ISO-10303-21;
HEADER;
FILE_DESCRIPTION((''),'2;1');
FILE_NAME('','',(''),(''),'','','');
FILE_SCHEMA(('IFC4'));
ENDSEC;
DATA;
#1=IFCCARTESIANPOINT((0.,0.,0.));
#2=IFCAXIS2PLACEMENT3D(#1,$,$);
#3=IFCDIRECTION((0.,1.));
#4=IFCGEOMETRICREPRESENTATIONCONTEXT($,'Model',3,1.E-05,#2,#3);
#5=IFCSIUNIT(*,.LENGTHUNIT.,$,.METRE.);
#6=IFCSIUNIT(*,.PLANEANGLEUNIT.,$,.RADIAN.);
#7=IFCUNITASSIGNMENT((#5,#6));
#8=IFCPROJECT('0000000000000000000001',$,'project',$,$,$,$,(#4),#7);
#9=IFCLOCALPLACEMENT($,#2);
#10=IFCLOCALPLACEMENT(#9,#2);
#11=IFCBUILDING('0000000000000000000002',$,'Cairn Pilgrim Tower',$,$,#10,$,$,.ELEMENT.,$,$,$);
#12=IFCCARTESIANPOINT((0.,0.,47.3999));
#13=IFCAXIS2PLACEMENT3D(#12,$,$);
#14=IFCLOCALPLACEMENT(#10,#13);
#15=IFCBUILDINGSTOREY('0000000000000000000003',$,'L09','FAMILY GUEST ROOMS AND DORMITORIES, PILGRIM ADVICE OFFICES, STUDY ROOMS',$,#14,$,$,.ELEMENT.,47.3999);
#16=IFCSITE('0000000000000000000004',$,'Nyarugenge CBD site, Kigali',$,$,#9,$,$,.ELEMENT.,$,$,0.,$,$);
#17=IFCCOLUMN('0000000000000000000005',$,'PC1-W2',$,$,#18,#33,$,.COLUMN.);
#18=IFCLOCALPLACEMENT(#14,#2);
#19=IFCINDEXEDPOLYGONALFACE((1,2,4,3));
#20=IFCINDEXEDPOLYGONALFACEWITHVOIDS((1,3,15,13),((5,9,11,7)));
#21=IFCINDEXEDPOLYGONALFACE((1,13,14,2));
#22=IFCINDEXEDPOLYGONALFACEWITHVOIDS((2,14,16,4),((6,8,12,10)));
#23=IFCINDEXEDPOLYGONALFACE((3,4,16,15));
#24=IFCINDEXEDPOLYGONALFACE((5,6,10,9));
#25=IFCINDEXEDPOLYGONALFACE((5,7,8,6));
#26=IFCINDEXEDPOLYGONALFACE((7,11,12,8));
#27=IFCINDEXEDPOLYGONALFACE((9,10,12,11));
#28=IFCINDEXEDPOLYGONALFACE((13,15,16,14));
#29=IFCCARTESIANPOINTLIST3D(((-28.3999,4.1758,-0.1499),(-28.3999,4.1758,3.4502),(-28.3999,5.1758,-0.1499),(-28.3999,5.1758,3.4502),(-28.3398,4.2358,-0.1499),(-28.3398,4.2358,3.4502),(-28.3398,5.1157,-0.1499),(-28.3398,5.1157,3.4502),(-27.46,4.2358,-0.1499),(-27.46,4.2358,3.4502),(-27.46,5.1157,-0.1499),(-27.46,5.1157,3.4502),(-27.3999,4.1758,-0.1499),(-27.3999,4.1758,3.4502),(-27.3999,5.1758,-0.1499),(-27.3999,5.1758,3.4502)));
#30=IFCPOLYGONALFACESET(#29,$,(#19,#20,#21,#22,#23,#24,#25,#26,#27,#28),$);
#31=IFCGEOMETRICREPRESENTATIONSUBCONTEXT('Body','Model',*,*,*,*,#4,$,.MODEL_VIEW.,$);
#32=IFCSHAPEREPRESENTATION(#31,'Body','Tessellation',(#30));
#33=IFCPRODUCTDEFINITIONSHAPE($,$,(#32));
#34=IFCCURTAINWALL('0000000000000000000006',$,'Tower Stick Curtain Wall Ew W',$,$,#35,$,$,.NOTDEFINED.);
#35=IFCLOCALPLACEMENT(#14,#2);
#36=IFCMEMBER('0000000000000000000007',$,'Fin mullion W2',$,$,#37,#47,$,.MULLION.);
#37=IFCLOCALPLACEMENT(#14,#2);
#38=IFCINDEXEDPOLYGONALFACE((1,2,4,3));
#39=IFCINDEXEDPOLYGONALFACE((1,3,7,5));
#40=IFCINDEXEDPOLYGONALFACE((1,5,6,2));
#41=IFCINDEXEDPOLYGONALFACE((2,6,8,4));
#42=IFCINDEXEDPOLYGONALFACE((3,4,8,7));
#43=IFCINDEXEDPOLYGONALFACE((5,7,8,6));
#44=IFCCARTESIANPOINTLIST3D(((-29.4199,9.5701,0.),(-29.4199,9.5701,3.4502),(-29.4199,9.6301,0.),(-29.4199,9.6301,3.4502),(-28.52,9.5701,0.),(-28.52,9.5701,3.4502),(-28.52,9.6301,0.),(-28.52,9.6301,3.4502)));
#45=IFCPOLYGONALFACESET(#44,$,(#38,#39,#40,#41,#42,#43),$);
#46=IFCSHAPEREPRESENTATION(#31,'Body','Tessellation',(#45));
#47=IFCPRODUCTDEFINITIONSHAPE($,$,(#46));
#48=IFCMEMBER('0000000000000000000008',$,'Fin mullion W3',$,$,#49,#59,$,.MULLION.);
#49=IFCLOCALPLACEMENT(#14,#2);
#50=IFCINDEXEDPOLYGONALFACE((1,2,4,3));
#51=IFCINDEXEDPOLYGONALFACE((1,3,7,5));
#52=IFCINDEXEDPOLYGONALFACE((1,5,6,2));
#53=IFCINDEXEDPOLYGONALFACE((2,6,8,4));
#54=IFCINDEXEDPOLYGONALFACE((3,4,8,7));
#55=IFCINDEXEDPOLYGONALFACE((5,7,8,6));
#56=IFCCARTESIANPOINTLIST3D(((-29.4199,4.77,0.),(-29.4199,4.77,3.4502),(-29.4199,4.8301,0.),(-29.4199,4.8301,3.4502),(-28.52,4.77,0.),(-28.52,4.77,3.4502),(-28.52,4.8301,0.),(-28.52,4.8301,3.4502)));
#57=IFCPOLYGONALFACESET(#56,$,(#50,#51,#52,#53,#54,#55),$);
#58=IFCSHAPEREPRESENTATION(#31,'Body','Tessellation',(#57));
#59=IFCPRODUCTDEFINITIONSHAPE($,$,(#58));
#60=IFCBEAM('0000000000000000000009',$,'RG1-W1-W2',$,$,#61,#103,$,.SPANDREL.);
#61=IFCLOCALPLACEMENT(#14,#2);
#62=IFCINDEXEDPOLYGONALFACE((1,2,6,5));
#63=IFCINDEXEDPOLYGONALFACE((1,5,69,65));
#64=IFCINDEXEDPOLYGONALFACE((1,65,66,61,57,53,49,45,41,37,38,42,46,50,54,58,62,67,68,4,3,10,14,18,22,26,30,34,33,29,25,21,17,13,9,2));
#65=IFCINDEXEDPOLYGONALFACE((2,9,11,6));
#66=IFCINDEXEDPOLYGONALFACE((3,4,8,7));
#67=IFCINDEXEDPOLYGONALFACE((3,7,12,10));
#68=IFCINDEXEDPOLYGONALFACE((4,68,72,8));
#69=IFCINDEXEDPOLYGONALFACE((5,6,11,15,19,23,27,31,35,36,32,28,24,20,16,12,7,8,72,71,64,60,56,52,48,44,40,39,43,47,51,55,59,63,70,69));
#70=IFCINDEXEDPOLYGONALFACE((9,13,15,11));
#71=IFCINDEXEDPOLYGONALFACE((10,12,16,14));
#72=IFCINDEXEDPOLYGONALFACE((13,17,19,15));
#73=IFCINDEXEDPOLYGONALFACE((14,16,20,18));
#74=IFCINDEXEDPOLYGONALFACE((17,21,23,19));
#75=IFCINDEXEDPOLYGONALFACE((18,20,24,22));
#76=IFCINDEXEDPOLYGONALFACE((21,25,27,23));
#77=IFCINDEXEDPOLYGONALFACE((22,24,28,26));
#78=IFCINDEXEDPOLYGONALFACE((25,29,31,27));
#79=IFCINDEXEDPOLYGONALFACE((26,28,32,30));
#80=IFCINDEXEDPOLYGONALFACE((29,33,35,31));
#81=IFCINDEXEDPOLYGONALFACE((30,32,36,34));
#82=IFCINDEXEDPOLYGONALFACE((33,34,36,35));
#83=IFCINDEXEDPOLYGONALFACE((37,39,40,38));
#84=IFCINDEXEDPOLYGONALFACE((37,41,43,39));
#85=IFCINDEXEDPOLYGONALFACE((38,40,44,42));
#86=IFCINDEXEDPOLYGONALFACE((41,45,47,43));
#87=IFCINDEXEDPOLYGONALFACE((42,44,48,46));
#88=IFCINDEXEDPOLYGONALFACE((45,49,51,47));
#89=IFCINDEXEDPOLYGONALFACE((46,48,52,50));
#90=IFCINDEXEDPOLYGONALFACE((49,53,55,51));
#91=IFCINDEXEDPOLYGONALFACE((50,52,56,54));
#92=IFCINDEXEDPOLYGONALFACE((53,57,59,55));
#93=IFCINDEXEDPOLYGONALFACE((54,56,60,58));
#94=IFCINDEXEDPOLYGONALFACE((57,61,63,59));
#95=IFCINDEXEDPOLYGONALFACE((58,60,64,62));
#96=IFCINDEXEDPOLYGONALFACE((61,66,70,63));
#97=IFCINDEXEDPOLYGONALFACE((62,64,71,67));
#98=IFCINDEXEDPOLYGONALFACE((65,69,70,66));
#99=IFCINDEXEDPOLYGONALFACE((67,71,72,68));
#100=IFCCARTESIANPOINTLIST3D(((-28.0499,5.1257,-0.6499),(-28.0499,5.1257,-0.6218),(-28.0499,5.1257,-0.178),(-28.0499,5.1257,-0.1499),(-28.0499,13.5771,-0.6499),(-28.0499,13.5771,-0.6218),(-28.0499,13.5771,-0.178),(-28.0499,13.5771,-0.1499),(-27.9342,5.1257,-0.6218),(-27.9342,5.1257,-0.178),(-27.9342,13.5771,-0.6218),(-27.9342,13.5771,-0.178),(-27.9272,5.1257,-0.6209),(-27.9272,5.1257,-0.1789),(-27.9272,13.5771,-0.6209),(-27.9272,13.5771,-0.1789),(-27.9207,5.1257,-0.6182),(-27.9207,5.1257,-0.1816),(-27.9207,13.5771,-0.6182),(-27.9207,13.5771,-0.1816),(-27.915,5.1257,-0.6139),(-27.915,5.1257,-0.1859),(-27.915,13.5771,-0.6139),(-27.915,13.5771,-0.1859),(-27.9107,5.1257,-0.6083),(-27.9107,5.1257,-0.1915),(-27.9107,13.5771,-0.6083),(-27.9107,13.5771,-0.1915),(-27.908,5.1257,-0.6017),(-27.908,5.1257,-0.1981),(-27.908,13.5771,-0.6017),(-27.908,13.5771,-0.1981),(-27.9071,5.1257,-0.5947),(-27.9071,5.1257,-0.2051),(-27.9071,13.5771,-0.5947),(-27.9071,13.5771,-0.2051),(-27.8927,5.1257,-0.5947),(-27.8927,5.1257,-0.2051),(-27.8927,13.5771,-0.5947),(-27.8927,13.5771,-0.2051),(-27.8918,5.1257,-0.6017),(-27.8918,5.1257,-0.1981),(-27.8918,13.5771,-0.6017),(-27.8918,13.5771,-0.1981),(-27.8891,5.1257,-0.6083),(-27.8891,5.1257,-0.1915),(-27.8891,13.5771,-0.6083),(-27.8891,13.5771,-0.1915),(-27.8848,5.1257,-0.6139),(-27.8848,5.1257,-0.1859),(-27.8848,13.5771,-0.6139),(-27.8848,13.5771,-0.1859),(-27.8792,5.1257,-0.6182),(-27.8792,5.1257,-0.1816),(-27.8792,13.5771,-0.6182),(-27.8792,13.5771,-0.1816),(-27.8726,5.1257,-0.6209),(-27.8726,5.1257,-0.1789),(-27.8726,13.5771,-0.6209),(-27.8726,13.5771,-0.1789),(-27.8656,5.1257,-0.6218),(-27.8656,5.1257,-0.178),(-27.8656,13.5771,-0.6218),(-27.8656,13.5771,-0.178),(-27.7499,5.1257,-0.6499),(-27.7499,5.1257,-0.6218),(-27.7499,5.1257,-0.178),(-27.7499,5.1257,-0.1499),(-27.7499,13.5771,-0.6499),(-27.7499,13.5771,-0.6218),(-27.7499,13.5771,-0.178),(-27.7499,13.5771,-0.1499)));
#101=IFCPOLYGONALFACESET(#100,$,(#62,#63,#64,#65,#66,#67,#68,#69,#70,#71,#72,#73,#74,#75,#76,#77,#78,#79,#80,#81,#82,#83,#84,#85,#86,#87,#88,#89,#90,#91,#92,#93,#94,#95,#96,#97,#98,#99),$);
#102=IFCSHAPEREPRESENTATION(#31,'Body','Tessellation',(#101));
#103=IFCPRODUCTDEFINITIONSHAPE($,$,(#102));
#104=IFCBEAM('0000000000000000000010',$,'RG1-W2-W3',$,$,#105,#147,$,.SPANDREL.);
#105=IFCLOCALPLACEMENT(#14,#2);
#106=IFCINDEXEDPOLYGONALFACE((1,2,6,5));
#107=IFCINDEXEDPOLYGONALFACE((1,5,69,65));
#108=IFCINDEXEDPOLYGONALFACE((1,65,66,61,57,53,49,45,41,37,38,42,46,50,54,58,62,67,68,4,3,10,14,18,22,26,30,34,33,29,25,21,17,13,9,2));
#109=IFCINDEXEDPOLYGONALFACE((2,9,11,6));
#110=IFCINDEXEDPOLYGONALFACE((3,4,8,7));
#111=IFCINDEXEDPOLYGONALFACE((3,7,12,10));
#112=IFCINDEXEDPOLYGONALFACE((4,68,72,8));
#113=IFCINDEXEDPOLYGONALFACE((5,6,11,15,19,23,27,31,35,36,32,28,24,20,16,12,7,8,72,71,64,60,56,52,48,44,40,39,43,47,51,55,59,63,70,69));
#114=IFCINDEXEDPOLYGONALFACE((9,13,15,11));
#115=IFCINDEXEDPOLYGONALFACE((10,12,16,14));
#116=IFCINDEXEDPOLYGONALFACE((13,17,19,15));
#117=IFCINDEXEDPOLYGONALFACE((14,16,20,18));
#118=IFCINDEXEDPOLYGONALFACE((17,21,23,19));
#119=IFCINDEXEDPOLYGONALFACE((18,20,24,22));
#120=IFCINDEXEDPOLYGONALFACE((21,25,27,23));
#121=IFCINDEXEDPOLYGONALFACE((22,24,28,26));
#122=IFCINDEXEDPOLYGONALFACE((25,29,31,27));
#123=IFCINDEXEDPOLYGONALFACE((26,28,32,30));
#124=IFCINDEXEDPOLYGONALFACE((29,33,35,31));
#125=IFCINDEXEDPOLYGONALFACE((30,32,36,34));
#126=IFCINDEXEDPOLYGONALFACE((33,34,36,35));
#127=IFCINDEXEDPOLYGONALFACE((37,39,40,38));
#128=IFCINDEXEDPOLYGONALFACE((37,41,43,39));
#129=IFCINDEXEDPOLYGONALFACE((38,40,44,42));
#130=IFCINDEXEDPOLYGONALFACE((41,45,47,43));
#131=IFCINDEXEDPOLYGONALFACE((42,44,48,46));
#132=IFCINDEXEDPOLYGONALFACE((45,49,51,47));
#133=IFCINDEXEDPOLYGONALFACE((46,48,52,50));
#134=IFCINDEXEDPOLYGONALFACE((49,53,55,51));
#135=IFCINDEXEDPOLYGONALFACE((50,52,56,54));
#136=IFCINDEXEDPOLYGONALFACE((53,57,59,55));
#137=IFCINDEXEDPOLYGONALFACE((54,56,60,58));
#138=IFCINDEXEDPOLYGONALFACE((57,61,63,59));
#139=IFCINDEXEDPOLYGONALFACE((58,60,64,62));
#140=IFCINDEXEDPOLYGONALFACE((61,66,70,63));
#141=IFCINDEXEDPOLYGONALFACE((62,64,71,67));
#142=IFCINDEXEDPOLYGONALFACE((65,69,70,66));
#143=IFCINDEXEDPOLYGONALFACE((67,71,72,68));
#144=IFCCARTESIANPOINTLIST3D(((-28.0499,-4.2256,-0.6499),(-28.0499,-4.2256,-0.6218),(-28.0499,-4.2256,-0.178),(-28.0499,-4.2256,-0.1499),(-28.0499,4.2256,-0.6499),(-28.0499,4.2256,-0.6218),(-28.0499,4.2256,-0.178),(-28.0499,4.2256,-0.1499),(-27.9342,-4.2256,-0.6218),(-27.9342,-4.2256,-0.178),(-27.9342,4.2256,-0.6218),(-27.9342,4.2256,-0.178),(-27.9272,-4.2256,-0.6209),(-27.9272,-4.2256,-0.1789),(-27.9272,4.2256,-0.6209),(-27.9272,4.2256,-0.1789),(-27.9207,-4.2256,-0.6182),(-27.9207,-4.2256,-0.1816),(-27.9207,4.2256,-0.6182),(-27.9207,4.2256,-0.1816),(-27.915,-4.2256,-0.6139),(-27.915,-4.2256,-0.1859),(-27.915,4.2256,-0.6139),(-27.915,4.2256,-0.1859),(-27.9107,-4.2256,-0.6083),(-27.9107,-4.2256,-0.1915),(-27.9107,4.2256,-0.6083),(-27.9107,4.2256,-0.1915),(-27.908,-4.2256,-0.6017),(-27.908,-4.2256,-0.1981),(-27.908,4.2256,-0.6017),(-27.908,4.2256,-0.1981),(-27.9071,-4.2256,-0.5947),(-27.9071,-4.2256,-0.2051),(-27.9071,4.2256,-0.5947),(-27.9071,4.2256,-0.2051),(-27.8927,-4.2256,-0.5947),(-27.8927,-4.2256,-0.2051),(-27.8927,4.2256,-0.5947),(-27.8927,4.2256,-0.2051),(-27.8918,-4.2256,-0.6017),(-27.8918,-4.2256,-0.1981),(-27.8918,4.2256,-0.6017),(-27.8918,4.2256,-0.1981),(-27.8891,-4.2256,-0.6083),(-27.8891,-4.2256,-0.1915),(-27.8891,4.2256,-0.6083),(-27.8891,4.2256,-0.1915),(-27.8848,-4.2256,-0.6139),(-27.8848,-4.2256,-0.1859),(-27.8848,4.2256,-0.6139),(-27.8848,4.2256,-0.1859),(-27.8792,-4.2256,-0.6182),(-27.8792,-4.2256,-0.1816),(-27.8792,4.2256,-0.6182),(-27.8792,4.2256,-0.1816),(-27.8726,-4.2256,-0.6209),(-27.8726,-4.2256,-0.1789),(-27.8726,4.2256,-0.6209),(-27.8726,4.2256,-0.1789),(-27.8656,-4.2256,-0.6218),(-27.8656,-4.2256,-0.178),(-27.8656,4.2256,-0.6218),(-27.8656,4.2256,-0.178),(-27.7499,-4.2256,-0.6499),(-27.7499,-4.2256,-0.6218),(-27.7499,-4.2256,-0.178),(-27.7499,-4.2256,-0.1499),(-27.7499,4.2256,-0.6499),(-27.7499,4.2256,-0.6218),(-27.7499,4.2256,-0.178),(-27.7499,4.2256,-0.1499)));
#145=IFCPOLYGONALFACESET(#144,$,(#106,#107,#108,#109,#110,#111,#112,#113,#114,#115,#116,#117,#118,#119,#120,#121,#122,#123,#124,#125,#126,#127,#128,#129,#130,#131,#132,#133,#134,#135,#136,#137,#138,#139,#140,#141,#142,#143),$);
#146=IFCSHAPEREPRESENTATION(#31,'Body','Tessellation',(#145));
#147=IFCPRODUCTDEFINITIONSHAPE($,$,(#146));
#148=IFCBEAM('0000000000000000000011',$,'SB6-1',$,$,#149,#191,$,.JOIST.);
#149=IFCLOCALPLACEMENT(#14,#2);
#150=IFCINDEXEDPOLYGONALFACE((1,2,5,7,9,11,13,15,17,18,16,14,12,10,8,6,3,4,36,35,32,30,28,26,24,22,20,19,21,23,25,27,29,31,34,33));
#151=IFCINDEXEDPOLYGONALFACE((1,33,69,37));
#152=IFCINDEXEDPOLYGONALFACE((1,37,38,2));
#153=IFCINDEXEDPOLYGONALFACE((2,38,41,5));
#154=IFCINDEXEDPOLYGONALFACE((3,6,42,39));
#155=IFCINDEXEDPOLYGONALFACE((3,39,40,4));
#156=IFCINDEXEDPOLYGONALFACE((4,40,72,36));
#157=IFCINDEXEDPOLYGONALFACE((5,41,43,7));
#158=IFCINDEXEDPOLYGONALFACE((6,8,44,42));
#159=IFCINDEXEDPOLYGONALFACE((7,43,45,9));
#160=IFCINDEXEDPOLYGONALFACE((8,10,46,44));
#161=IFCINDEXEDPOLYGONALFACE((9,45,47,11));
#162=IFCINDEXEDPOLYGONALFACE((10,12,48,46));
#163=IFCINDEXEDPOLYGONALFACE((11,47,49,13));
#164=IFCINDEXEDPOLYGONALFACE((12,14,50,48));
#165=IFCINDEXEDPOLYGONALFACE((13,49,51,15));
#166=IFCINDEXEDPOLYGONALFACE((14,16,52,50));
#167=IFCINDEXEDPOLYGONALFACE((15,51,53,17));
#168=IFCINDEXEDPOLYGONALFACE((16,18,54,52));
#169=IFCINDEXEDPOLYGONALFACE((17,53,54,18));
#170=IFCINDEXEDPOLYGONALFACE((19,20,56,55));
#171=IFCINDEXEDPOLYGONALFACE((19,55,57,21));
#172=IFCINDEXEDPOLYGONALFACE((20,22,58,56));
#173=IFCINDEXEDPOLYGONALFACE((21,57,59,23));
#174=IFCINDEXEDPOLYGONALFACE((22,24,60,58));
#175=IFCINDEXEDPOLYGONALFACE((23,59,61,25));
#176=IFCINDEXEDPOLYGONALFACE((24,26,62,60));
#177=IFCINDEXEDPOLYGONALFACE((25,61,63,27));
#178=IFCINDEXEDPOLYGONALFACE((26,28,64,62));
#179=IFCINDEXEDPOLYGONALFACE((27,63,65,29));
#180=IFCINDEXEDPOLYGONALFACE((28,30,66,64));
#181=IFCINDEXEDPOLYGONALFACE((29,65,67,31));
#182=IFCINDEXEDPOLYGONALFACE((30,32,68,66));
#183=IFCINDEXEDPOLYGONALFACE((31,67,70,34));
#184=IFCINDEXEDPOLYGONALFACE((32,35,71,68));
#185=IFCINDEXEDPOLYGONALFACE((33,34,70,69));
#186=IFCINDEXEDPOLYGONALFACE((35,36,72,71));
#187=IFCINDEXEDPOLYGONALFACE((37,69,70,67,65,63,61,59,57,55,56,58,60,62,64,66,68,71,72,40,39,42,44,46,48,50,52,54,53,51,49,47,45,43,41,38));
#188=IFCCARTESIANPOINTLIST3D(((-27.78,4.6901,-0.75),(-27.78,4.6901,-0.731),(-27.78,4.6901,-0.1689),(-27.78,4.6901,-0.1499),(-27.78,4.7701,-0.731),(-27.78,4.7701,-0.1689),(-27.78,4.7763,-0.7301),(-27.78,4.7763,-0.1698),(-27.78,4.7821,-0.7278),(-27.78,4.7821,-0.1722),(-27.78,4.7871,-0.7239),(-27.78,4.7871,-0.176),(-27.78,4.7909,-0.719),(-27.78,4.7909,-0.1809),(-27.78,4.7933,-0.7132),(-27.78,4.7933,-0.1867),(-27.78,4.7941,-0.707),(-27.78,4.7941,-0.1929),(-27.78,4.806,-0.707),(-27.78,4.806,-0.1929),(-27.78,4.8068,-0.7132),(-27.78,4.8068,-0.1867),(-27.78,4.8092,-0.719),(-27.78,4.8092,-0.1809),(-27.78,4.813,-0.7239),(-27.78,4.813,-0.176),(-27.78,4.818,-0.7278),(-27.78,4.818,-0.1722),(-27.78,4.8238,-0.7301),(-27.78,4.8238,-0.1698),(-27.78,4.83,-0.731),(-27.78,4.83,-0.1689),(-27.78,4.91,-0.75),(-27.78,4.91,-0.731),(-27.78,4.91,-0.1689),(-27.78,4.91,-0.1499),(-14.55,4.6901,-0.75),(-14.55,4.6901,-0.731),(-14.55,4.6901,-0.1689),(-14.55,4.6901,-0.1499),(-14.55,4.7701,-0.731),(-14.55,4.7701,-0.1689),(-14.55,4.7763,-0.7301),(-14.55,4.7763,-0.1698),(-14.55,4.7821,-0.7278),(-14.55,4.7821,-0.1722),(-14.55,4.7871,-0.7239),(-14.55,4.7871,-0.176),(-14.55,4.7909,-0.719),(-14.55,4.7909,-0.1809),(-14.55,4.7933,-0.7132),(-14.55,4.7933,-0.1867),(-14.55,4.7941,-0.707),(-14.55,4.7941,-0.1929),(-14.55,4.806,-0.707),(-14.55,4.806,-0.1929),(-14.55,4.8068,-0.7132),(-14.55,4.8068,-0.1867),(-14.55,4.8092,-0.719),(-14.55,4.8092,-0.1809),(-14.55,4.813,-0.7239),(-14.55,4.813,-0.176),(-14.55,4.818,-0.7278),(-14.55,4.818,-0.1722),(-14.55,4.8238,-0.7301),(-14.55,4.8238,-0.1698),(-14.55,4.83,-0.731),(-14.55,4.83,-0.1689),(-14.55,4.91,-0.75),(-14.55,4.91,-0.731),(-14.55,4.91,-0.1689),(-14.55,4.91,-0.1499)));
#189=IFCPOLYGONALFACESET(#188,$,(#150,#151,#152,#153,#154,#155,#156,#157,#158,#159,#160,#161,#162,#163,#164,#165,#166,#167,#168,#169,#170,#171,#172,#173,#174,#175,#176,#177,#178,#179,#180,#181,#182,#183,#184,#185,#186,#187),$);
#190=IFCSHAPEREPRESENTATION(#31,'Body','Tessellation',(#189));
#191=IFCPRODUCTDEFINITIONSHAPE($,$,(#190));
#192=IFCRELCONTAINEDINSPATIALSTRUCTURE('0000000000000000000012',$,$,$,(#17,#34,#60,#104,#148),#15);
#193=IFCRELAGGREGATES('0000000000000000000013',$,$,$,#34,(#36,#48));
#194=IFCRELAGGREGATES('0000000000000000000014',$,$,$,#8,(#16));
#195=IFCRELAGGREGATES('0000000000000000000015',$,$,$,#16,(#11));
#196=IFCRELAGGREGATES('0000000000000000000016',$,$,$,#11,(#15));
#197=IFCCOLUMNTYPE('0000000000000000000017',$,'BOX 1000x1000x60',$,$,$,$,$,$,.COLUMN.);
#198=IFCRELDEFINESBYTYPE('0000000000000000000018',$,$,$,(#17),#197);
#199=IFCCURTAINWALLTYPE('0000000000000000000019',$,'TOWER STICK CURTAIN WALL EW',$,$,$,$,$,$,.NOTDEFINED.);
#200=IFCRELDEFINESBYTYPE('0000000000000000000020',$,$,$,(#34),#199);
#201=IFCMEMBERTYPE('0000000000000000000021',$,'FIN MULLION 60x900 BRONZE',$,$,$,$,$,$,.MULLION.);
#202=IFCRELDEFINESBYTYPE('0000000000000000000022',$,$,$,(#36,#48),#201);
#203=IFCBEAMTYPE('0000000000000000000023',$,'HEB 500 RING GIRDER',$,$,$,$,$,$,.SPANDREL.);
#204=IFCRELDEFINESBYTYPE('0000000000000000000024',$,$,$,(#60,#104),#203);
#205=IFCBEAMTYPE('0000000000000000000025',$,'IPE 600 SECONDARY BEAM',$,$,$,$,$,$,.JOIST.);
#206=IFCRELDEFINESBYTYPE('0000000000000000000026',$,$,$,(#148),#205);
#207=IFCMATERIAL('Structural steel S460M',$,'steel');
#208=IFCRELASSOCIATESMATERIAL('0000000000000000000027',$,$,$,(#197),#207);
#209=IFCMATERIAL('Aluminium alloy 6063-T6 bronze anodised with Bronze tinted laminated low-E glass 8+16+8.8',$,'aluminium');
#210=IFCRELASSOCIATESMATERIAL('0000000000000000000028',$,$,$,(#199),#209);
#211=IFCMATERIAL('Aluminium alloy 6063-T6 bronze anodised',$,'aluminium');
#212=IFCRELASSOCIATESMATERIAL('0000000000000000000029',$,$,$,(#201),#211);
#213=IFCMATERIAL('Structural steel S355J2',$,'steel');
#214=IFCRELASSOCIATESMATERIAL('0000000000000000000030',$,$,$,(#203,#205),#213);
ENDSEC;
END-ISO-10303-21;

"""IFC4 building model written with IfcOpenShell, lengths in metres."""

from ifc_helpers import new_model, si_unit, direction, frame, origin, origin_2d, place, context, subcontext, project, spatial, rectangle, hollow_rectangle, i_section, extrude, material, material_profile, profile_set, type_object, element, aggregate, save


model = new_model("IFC4")

# Units and contexts
model_context = context("Model", 3, precision=1e-05, world=origin(), true_north=direction((0.0, 1.0)))
body_context = subcontext(model_context, "Body", "Model", "MODEL_VIEW")
ifc_project = project(units=[si_unit("LENGTHUNIT", "METRE"), si_unit("PLANEANGLEUNIT", "RADIAN")], contexts=[model_context])

# Site, building, storey
site_placement = place(None, origin())
site = spatial("IfcSite", under=ifc_project, at=site_placement, Name="Nyarugenge CBD site, Kigali", CompositionType="ELEMENT", RefElevation=0.0)
building_placement = place(site_placement, origin())
building = spatial("IfcBuilding", under=site, at=building_placement, Name="Cairn Pilgrim Tower", CompositionType="ELEMENT")
storey_placement = place(building_placement, frame((0.0, 0.0, 47.3999)))
storey = spatial("IfcBuildingStorey", under=building, at=storey_placement, Name="L09", Description="FAMILY GUEST ROOMS AND DORMITORIES, PILGRIM ADVICE OFFICES, STUDY ROOMS", CompositionType="ELEMENT", Elevation=47.3999)

# Column
ifc_material_1 = material(Name="Structural steel S460M", Category="steel")
ifc_material_profile_1 = material_profile(ifc_material_1, hollow_rectangle(XDim=1.0, YDim=1.0, WallThickness=0.0601, at=origin_2d()), Name="BOX 1000x1000x60")
ifc_profile_set_1 = profile_set([ifc_material_profile_1], Name="Structural steel S460M")
column_type = type_object("IfcColumnType", Name="BOX 1000x1000x60", PredefinedType="COLUMN", material=ifc_profile_set_1)
column_placement = place(storey_placement, frame((-27.8999, 4.6758, -0.1499), z_axis=(0.0, 0.0, 1.0), x_axis=(1.0, 0.0, 0.0)))
element("IfcColumn", 1, at=column_placement, inside=storey, type_object=column_type, Name="PC1-W2", PredefinedType="COLUMN", context=body_context, shape_type="SweptSolid", body=[
    extrude(hollow_rectangle(XDim=1.0, YDim=1.0, WallThickness=0.0601, at=origin_2d()), origin(), (0.0, 0.0, 1.0), 3.6001),
])

# Curtain wall, members
ifc_material_2 = material(Name="Aluminium alloy 6063-T6 bronze anodised with Bronze tinted laminated low-E glass 8+16+8.8", Category="aluminium")
curtain_wall_type = type_object("IfcCurtainWallType", Name="TOWER STICK CURTAIN WALL EW", PredefinedType="NOTDEFINED", material=ifc_material_2)
curtain_wall_placement = place(storey_placement, origin())
curtain_wall = element("IfcCurtainWall", 2, at=curtain_wall_placement, inside=storey, type_object=curtain_wall_type, Name="Tower Stick Curtain Wall Ew W", PredefinedType="NOTDEFINED")
ifc_material_3 = material(Name="Aluminium alloy 6063-T6 bronze anodised", Category="aluminium")
ifc_material_profile_2 = material_profile(ifc_material_3, rectangle(XDim=0.8999, YDim=0.0601, at=origin_2d()), Name="FIN MULLION 60x900 BRONZE")
ifc_profile_set_2 = profile_set([ifc_material_profile_2], Name="Aluminium alloy 6063-T6 bronze anodised")
member_type_1 = type_object("IfcMemberType", Name="FIN MULLION 60x900 BRONZE", PredefinedType="MULLION", material=ifc_profile_set_2)
member_1_placement = place(storey_placement, frame((-28.97, 9.6001, 0.0), z_axis=(0.0, 0.0, 1.0), x_axis=(-1.0, 0.0, 0.0)))
member_1 = element("IfcMember", 3, at=member_1_placement, type_object=member_type_1, Name="Fin mullion W2", PredefinedType="MULLION", context=body_context, shape_type="SweptSolid", body=[
    extrude(rectangle(XDim=0.8999, YDim=0.0601, at=origin_2d()), origin(), (0.0, 0.0, 1.0), 3.4502),
])
member_2_placement = place(storey_placement, frame((-28.97, 4.8, 0.0), z_axis=(0.0, 0.0, 1.0), x_axis=(-1.0, 0.0, 0.0)))
member_2 = element("IfcMember", 4, at=member_2_placement, type_object=member_type_1, Name="Fin mullion W3", PredefinedType="MULLION", context=body_context, shape_type="SweptSolid", body=[
    extrude(rectangle(XDim=0.8999, YDim=0.0601, at=origin_2d()), origin(), (0.0, 0.0, 1.0), 3.4502),
])

# Beams
ifc_material_4 = material(Name="Structural steel S355J2", Category="steel")
ifc_material_profile_3 = material_profile(ifc_material_4, i_section(OverallWidth=0.3, OverallDepth=0.5, WebThickness=0.0144, FlangeThickness=0.0281, FilletRadius=0.0271, at=origin_2d()), Name="HEB 500")
ifc_profile_set_3 = profile_set([ifc_material_profile_3], Name="Structural steel S355J2")
beam_type_1 = type_object("IfcBeamType", Name="HEB 500 RING GIRDER", PredefinedType="SPANDREL", material=ifc_profile_set_3)
beam_1_placement = place(storey_placement, frame((-27.8999, 13.5771, -0.3999), z_axis=(0.0, -1.0, 0.0), x_axis=(1.0, 0.0, 0.0)))
element("IfcBeam", 5, at=beam_1_placement, inside=storey, type_object=beam_type_1, Name="RG1-W1-W2", PredefinedType="SPANDREL", context=body_context, shape_type="SweptSolid", body=[
    extrude(i_section(OverallWidth=0.3, OverallDepth=0.5, WebThickness=0.0144, FlangeThickness=0.0281, FilletRadius=0.0271, at=origin_2d()), origin(), (0.0, 0.0, 1.0), 8.4514),
])
beam_2_placement = place(storey_placement, frame((-27.8999, 4.2256, -0.3999), z_axis=(0.0, -1.0, 0.0), x_axis=(1.0, 0.0, 0.0)))
element("IfcBeam", 6, at=beam_2_placement, inside=storey, type_object=beam_type_1, Name="RG1-W2-W3", PredefinedType="SPANDREL", context=body_context, shape_type="SweptSolid", body=[
    extrude(i_section(OverallWidth=0.3, OverallDepth=0.5, WebThickness=0.0144, FlangeThickness=0.0281, FilletRadius=0.0271, at=origin_2d()), origin(), (0.0, 0.0, 1.0), 8.4512),
])
ifc_material_profile_4 = material_profile(ifc_material_4, i_section(OverallWidth=0.22, OverallDepth=0.6001, WebThickness=0.012, FlangeThickness=0.019, FilletRadius=0.0239, at=origin_2d()), Name="IPE 600")
ifc_profile_set_4 = profile_set([ifc_material_profile_4], Name="Structural steel S355J2")
beam_type_2 = type_object("IfcBeamType", Name="IPE 600 SECONDARY BEAM", PredefinedType="JOIST", material=ifc_profile_set_4)
beam_3_placement = place(storey_placement, frame((-27.78, 4.8, -0.45), z_axis=(1.0, 0.0, 0.0), x_axis=(0.0, 1.0, 0.0)))
element("IfcBeam", 7, at=beam_3_placement, inside=storey, type_object=beam_type_2, Name="SB6-1", PredefinedType="JOIST", context=body_context, shape_type="SweptSolid", body=[
    extrude(i_section(OverallWidth=0.22, OverallDepth=0.6001, WebThickness=0.012, FlangeThickness=0.019, FilletRadius=0.0239, at=origin_2d()), origin(), (0.0, 0.0, 1.0), 13.23),
])

aggregate(curtain_wall, [member_1, member_2])

save(model, "model.ifc")
